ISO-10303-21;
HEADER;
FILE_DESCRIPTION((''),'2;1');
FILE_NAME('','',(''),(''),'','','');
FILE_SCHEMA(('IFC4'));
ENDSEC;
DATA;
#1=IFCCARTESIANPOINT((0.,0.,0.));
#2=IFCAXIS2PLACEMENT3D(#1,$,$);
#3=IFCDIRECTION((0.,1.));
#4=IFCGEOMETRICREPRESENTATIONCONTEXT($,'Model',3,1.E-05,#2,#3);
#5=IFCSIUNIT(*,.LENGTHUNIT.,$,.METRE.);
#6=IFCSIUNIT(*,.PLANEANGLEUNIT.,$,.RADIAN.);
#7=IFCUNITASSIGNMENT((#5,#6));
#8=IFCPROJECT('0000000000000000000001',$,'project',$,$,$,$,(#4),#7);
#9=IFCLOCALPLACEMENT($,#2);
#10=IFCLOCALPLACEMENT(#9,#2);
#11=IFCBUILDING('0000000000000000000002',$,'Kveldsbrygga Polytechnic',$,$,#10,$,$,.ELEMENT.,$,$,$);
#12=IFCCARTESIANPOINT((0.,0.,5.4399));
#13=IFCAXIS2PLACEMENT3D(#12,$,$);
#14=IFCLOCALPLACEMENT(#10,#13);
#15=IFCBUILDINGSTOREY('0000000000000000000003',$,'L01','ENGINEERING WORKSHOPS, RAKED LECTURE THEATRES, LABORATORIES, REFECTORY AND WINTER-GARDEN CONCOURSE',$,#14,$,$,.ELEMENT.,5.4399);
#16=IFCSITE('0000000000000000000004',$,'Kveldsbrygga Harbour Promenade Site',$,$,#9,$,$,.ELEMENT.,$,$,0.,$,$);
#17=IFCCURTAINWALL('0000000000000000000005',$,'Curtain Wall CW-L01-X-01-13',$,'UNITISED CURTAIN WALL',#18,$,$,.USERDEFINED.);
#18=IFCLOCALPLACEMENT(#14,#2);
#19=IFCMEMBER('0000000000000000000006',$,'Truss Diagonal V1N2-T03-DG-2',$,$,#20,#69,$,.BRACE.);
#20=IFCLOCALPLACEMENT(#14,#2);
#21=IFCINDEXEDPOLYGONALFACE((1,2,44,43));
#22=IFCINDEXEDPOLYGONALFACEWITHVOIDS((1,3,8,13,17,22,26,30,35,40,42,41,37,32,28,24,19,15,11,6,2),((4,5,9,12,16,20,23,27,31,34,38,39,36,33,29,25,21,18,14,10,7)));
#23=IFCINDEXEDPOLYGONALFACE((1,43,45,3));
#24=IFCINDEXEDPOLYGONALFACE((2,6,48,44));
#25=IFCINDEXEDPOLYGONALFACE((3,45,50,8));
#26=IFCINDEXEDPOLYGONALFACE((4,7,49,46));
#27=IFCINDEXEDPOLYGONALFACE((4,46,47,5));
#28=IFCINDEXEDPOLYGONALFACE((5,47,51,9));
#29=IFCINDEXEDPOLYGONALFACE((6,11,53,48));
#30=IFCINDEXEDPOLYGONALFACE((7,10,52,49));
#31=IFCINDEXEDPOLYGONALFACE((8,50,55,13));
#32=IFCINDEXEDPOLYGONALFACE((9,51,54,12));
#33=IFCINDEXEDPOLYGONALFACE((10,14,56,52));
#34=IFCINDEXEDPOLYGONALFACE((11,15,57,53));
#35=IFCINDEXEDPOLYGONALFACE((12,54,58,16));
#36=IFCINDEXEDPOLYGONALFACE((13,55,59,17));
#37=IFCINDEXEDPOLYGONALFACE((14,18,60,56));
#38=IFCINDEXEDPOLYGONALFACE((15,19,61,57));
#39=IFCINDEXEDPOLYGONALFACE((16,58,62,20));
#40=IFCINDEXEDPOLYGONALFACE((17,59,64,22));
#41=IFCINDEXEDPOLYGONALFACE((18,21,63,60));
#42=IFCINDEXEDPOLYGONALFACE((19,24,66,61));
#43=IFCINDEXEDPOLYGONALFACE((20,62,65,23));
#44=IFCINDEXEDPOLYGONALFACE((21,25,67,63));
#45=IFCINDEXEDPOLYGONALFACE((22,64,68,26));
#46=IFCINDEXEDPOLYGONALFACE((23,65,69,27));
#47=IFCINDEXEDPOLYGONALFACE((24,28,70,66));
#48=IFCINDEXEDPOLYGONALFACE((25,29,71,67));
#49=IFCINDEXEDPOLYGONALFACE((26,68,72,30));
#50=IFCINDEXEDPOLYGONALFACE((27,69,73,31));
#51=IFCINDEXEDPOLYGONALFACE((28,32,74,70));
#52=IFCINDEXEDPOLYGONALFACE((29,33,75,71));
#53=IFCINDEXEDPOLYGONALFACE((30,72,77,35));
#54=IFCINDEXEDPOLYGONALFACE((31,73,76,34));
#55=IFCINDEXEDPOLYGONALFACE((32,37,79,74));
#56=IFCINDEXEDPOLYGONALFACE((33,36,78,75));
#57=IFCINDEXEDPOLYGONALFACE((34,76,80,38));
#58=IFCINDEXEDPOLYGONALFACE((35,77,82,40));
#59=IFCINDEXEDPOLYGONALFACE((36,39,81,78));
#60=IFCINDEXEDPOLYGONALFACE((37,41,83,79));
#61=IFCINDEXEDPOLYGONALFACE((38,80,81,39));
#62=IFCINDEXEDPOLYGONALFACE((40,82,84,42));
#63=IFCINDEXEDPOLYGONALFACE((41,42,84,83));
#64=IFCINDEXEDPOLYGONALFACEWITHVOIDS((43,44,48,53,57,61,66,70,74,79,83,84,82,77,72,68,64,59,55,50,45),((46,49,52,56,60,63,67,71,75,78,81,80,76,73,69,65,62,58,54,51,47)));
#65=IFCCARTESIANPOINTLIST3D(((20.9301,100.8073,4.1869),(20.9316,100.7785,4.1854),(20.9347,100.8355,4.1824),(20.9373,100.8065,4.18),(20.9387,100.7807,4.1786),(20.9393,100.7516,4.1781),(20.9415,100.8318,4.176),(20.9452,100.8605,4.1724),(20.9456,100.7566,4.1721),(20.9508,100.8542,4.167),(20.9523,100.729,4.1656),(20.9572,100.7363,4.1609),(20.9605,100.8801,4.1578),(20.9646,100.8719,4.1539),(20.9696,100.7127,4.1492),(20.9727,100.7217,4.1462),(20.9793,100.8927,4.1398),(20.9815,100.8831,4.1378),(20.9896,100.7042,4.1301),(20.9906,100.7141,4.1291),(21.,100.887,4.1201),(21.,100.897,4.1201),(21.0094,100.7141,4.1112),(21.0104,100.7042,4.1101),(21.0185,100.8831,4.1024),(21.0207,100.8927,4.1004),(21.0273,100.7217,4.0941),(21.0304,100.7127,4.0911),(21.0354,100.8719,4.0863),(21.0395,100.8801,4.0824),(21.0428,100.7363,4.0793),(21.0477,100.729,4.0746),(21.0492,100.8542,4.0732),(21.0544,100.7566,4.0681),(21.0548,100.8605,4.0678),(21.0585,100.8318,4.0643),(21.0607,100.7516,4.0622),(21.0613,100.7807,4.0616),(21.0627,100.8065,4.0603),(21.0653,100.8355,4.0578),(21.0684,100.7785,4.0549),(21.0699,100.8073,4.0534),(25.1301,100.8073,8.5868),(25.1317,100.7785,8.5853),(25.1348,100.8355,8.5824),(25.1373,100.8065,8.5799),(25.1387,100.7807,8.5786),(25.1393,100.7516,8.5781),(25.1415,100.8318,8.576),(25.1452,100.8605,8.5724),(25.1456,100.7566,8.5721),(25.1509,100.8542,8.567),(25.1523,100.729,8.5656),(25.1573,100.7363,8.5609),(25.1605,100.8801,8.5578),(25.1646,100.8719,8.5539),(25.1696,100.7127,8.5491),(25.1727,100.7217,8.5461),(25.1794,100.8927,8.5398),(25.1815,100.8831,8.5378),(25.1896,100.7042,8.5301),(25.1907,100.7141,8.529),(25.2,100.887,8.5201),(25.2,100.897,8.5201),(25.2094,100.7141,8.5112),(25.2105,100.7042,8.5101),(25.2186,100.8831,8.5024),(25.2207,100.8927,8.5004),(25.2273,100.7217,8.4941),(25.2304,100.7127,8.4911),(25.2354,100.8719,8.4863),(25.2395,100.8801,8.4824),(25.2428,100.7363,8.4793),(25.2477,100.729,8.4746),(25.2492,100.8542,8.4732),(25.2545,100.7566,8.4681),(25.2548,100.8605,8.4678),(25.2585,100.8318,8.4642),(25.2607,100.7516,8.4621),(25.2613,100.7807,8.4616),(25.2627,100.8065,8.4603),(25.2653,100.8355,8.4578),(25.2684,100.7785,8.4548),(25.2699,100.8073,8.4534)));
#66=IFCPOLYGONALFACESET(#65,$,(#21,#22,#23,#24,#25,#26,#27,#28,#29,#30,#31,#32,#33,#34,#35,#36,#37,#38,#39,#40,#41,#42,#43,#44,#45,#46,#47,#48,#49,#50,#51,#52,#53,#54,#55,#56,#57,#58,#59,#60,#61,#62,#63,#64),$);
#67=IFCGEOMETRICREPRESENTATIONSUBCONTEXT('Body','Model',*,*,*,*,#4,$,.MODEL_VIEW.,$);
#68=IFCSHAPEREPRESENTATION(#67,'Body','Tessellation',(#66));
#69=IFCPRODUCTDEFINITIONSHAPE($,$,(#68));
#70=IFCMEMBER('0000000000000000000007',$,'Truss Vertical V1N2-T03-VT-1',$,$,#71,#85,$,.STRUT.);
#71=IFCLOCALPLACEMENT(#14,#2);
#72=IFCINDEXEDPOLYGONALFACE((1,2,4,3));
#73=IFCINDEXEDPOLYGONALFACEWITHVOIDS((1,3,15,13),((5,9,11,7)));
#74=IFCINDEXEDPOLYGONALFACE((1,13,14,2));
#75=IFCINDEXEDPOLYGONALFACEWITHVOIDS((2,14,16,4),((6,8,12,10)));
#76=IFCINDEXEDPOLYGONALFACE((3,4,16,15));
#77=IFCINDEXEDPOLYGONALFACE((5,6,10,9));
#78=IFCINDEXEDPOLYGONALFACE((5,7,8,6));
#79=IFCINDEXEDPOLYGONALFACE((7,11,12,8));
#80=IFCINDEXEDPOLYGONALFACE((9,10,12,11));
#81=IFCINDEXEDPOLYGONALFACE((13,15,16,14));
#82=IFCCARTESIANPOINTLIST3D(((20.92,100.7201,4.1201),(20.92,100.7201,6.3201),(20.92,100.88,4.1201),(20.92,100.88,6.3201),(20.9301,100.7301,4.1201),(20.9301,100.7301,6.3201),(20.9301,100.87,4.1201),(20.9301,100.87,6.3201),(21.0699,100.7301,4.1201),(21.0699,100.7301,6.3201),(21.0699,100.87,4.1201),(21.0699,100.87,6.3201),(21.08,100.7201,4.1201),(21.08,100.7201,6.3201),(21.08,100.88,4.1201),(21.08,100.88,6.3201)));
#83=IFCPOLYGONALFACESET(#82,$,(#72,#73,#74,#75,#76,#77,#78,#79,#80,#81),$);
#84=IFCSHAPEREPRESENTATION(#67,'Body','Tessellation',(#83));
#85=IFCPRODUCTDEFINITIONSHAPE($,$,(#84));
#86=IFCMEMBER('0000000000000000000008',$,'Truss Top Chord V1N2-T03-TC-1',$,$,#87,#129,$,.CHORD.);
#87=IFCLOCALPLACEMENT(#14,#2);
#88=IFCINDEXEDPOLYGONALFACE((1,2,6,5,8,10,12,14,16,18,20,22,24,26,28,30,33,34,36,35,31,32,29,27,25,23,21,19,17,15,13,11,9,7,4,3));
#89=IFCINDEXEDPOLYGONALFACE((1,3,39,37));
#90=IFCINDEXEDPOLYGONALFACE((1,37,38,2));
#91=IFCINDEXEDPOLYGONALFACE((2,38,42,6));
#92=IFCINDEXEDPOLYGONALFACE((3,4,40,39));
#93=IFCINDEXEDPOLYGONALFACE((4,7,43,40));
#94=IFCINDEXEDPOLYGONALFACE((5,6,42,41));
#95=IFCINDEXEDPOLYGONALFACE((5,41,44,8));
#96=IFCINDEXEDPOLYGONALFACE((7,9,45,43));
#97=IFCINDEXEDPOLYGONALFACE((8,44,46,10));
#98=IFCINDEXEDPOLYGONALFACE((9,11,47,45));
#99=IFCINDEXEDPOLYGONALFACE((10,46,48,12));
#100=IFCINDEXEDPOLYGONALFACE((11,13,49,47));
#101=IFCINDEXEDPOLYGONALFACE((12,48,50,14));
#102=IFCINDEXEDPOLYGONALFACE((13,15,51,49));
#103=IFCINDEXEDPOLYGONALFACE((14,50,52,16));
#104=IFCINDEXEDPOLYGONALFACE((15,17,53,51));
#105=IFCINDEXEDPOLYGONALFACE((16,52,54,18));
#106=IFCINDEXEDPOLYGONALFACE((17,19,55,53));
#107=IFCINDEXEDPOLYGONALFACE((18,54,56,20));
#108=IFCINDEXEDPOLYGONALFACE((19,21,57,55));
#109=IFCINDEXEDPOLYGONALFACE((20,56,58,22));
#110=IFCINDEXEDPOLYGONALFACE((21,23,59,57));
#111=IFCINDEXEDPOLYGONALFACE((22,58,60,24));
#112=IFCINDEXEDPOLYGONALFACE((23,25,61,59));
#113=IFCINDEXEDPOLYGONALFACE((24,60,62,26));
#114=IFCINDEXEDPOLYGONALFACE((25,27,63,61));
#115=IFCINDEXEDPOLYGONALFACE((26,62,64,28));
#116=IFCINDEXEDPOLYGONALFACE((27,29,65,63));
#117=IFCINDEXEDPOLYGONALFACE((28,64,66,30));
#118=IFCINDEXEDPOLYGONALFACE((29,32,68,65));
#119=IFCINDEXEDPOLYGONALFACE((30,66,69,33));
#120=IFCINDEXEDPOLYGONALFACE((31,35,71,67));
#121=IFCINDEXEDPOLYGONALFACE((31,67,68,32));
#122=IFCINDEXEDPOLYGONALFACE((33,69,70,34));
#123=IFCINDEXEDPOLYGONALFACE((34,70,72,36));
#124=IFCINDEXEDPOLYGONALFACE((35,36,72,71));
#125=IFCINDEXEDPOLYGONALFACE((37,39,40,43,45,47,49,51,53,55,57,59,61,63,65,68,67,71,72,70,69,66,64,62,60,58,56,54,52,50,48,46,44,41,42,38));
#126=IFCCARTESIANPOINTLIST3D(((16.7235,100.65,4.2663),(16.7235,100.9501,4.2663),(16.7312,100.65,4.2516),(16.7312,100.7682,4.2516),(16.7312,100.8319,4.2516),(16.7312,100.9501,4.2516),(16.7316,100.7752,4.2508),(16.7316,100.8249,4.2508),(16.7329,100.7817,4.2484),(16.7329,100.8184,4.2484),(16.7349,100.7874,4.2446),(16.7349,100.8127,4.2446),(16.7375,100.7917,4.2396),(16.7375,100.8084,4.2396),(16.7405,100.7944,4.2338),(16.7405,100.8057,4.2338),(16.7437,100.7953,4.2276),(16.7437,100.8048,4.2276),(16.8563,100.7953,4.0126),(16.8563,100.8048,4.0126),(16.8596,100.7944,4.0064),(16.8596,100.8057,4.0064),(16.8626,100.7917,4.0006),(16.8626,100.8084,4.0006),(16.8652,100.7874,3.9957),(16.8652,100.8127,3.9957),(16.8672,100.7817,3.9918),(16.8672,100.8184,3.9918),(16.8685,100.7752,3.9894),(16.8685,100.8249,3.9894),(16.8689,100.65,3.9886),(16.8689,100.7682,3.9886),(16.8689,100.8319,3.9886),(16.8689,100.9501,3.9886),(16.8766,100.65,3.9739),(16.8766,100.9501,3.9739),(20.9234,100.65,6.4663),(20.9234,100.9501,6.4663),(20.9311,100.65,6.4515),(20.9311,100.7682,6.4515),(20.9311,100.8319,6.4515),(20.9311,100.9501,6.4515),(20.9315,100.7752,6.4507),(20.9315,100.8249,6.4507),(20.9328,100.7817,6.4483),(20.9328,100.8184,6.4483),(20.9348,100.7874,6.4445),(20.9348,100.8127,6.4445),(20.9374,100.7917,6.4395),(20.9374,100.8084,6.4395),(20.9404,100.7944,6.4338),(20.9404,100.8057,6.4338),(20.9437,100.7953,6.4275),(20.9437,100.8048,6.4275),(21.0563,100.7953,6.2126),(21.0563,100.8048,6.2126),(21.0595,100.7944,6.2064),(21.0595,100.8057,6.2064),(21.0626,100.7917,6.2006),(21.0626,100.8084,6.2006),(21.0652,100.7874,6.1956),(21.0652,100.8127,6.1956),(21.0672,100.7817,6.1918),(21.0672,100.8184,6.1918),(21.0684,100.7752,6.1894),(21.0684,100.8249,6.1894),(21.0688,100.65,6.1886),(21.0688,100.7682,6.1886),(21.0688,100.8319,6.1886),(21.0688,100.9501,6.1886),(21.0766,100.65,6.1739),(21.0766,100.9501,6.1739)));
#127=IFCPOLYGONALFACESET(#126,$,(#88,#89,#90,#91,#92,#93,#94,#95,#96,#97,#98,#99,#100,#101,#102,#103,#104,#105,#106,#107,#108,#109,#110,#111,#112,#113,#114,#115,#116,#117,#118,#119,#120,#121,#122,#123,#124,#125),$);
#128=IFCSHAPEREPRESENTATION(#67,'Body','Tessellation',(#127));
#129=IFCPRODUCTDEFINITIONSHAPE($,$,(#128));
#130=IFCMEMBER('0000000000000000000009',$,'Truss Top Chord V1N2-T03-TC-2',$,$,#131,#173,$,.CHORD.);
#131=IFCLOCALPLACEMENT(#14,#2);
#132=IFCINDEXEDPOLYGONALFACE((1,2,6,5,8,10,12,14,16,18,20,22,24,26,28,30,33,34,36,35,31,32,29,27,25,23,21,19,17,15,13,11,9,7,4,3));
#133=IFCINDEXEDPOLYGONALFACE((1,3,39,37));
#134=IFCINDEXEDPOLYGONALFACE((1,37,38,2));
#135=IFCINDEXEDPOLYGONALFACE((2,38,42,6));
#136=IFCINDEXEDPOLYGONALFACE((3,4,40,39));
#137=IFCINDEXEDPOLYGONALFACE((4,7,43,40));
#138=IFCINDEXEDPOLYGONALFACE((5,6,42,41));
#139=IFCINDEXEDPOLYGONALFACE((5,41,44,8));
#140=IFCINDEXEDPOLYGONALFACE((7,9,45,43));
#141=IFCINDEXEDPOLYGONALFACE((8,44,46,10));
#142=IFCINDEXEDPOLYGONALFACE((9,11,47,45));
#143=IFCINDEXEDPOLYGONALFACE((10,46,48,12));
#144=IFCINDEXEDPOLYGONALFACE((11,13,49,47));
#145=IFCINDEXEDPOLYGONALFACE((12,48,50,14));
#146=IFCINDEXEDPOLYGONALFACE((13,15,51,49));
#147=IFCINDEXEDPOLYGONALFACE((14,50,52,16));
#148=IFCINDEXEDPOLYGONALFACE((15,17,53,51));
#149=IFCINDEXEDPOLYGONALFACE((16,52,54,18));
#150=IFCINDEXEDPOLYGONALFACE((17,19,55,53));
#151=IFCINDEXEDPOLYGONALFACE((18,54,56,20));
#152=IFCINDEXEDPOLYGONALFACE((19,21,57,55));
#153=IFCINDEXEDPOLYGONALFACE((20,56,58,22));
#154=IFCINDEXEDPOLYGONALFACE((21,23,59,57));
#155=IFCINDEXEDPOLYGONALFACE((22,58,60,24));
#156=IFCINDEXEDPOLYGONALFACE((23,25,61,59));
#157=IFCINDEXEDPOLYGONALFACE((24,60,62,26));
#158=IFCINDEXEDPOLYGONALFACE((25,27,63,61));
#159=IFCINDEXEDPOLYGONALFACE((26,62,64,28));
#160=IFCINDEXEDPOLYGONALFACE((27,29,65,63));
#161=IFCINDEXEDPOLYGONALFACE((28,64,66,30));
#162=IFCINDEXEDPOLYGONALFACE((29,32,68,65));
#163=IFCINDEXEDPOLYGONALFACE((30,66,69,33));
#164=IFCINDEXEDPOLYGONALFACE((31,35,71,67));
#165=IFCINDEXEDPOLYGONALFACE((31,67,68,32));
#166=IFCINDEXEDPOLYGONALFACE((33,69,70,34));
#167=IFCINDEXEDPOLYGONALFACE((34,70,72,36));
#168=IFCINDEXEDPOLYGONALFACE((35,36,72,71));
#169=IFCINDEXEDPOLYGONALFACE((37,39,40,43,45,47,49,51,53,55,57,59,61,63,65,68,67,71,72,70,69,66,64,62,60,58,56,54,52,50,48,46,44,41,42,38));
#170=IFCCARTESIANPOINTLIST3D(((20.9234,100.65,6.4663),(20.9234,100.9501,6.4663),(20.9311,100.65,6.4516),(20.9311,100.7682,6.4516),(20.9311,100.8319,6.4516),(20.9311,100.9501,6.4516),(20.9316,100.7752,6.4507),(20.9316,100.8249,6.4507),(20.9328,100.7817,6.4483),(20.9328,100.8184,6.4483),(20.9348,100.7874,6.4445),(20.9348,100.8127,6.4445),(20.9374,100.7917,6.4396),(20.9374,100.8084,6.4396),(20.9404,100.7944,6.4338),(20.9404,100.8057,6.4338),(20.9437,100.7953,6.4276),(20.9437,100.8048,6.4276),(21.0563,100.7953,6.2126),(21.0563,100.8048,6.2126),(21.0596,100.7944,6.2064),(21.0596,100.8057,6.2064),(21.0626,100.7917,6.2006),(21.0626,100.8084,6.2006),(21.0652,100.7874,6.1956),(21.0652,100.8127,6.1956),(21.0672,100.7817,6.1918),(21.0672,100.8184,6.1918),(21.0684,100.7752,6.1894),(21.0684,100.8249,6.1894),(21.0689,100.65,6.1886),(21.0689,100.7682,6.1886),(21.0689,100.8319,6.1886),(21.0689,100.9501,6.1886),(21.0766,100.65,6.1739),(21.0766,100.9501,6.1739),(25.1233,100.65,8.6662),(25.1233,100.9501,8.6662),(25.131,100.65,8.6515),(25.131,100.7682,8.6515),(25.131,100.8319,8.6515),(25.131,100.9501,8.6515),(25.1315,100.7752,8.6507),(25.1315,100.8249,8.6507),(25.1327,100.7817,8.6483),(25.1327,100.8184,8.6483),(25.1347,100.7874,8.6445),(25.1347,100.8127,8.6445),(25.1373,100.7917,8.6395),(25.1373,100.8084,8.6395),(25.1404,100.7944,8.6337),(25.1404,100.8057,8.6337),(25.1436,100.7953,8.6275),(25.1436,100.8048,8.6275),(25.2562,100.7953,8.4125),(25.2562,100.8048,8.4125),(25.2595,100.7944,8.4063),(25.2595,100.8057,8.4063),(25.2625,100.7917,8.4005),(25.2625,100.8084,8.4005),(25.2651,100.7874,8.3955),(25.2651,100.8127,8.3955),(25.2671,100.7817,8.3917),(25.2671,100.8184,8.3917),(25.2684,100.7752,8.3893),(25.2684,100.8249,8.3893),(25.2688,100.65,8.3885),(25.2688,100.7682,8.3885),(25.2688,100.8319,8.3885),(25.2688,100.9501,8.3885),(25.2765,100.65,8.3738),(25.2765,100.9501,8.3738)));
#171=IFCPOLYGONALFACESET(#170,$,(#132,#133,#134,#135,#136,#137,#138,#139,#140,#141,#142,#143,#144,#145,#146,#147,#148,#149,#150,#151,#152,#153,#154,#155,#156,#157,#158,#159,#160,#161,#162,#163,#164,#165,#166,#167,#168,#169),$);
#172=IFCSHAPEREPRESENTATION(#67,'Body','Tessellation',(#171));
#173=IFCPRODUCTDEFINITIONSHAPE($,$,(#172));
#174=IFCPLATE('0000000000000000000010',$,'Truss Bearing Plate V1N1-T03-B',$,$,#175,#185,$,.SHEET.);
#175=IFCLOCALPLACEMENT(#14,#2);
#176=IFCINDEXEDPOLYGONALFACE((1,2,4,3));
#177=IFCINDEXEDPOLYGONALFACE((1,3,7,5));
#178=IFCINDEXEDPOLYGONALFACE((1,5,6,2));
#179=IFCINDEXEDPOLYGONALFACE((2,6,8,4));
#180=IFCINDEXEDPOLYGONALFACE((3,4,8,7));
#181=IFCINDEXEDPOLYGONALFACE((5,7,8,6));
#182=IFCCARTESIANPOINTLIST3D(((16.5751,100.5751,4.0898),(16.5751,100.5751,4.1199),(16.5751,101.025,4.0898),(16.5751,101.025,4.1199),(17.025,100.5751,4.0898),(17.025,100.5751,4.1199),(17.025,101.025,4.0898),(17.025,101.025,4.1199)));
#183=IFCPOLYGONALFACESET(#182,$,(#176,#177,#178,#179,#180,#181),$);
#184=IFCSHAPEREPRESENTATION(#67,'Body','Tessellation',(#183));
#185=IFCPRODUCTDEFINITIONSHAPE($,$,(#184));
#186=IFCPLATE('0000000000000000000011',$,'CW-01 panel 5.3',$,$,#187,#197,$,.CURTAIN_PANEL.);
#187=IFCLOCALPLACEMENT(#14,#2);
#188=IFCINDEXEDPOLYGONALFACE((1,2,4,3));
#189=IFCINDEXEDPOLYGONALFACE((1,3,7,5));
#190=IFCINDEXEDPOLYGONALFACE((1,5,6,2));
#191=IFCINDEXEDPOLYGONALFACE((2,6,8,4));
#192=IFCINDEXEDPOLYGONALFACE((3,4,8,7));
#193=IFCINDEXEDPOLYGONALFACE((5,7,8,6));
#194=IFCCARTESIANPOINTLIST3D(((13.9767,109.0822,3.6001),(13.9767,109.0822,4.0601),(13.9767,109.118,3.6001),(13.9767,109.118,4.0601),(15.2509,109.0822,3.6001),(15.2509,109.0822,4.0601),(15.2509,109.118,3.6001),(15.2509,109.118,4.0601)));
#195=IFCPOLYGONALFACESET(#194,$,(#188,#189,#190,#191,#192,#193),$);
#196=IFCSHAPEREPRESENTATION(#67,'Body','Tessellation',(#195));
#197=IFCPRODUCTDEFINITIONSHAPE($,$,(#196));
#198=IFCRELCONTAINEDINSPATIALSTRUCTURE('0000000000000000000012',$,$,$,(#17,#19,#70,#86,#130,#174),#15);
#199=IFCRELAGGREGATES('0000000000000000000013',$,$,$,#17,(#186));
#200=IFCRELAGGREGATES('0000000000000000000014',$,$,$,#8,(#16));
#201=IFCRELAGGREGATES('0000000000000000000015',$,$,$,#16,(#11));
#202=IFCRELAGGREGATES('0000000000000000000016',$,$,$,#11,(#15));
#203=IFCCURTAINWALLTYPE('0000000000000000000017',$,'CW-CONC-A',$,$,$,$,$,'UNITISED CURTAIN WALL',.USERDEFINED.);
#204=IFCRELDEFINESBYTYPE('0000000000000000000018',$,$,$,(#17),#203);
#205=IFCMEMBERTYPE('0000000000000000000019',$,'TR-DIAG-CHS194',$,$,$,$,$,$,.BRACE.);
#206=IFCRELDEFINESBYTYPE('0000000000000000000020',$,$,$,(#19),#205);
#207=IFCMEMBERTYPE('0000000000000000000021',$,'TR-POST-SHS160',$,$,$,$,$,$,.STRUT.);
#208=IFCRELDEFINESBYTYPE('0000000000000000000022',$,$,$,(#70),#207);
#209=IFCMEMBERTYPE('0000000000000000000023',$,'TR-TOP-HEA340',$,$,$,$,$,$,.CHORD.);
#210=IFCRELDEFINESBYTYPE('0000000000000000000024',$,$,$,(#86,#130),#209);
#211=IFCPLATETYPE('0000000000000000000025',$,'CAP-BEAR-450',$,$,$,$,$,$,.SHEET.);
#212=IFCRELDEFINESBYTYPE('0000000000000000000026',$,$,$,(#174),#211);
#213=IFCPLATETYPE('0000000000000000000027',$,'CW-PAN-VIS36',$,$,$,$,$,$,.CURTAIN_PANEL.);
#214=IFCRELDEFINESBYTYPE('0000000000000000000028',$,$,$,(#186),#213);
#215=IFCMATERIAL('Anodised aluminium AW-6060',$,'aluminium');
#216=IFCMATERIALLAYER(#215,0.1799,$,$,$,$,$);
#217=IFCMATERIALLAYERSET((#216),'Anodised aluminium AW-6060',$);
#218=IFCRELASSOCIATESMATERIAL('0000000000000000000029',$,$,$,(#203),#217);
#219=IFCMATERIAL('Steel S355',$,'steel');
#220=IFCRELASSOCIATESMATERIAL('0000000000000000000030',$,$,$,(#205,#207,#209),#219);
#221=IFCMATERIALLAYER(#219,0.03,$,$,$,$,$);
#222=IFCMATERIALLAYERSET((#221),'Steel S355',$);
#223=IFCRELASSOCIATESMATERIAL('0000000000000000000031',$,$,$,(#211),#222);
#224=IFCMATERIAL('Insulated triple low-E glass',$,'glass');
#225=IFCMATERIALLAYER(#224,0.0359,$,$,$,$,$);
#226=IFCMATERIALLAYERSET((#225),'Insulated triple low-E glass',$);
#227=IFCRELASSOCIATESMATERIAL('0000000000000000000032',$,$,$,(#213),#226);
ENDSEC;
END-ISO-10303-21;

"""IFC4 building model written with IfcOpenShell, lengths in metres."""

from ifc_helpers import new_model, si_unit, direction, frame, origin, origin_2d, place, context, subcontext, project, spatial, rectangle, hollow_rectangle, hollow_circle, i_section, extrude, material, layer, layer_set, material_profile, profile_set, type_object, element, aggregate, save


model = new_model("IFC4")

# Units and contexts
model_context = context("Model", 3, precision=1e-05, world=origin(), true_north=direction((0.0, 1.0)))
body_context = subcontext(model_context, "Body", "Model", "MODEL_VIEW")
ifc_project = project(units=[si_unit("LENGTHUNIT", "METRE"), si_unit("PLANEANGLEUNIT", "RADIAN")], contexts=[model_context])

# Site, building, storey
site_placement = place(None, origin())
site = spatial("IfcSite", under=ifc_project, at=site_placement, Name="Kveldsbrygga Harbour Promenade Site", CompositionType="ELEMENT", RefElevation=0.0)
building_placement = place(site_placement, origin())
building = spatial("IfcBuilding", under=site, at=building_placement, Name="Kveldsbrygga Polytechnic", CompositionType="ELEMENT")
storey_placement = place(building_placement, frame((0.0, 0.0, 5.4399)))
storey = spatial("IfcBuildingStorey", under=building, at=storey_placement, Name="L01", Description="ENGINEERING WORKSHOPS, RAKED LECTURE THEATRES, LABORATORIES, REFECTORY AND WINTER-GARDEN CONCOURSE", CompositionType="ELEMENT", Elevation=5.4399)

# Curtain wall
ifc_material_1 = material(Name="Anodised aluminium AW-6060", Category="aluminium")
ifc_layer_1 = layer(ifc_material_1, 0.1799)
ifc_layer_set_1 = layer_set([ifc_layer_1], Name="Anodised aluminium AW-6060")
curtain_wall_type = type_object("IfcCurtainWallType", Name="CW-CONC-A", ElementType="UNITISED CURTAIN WALL", PredefinedType="USERDEFINED", material=ifc_layer_set_1)
curtain_wall_placement = place(storey_placement, origin())
curtain_wall = element("IfcCurtainWall", 1, at=curtain_wall_placement, inside=storey, type_object=curtain_wall_type, Name="Curtain Wall CW-L01-X-01-13", ObjectType="UNITISED CURTAIN WALL", PredefinedType="USERDEFINED")

# Members
ifc_material_2 = material(Name="Steel S355", Category="steel")
ifc_material_profile_1 = material_profile(ifc_material_2, hollow_circle(Radius=0.0969, WallThickness=0.01, at=origin_2d()), Name="CHS 193.7x10.0")
ifc_profile_set_1 = profile_set([ifc_material_profile_1], Name="Steel S355")
member_type_1 = type_object("IfcMemberType", Name="TR-DIAG-CHS194", PredefinedType="BRACE", material=ifc_profile_set_1)
member_1_placement = place(storey_placement, frame((21.0, 100.8, 4.1201), z_axis=(0.69048, 0.0, 0.723352), x_axis=(0.0, 1.0, 0.0)))
element("IfcMember", 2, at=member_1_placement, inside=storey, type_object=member_type_1, Name="Truss Diagonal V1N2-T03-DG-2", PredefinedType="BRACE", context=body_context, shape_type="SweptSolid", body=[
    extrude(hollow_circle(Radius=0.0969, WallThickness=0.01, at=origin_2d()), origin(), (0.0, 0.0, 1.0), 6.0828),
])
ifc_material_profile_2 = material_profile(ifc_material_2, hollow_rectangle(XDim=0.1599, YDim=0.1599, WallThickness=0.01, at=origin_2d()), Name="SHS 160x160x10.0")
ifc_profile_set_2 = profile_set([ifc_material_profile_2], Name="Steel S355")
member_type_2 = type_object("IfcMemberType", Name="TR-POST-SHS160", PredefinedType="STRUT", material=ifc_profile_set_2)
member_2_placement = place(storey_placement, frame((21.0, 100.8, 4.1201), z_axis=(0.0, 0.0, 1.0), x_axis=(1.0, 0.0, 0.0)))
element("IfcMember", 3, at=member_2_placement, inside=storey, type_object=member_type_2, Name="Truss Vertical V1N2-T03-VT-1", PredefinedType="STRUT", context=body_context, shape_type="SweptSolid", body=[
    extrude(hollow_rectangle(XDim=0.1599, YDim=0.1599, WallThickness=0.01, at=origin_2d()), origin(), (0.0, 0.0, 1.0), 2.2),
])
ifc_material_profile_3 = material_profile(ifc_material_2, i_section(OverallWidth=0.3, OverallDepth=0.3301, WebThickness=0.0095, FlangeThickness=0.0166, FilletRadius=0.0271, at=origin_2d()), Name="HEA 340")
ifc_profile_set_3 = profile_set([ifc_material_profile_3], Name="Steel S355")
member_type_3 = type_object("IfcMemberType", Name="TR-TOP-HEA340", PredefinedType="CHORD", material=ifc_profile_set_3)
for number, where, z_axis, x_axis, name in (
    (4, (16.8, 100.8, 4.1201), (0.885834, 0.0, 0.464003), (0.0, 1.0, 0.0), "Truss Top Chord V1N2-T03-TC-1"),
    (5, (21.0, 100.8, 6.3201), (0.885834, 0.0, 0.464003), (0.0, 1.0, 0.0), "Truss Top Chord V1N2-T03-TC-2"),
):
    element("IfcMember", number, at=place(storey_placement, frame(where, z_axis=z_axis, x_axis=x_axis)), inside=storey, type_object=member_type_3, Name=name, PredefinedType="CHORD", context=body_context, shape_type="SweptSolid", body=[
        extrude(i_section(OverallWidth=0.3, OverallDepth=0.3301, WebThickness=0.0095, FlangeThickness=0.0166, FilletRadius=0.0271, at=origin_2d()), origin(), (0.0, 0.0, 1.0), 4.7412),
    ])

# Plates
ifc_layer_2 = layer(ifc_material_2, 0.03)
ifc_layer_set_2 = layer_set([ifc_layer_2], Name="Steel S355")
plate_type_1 = type_object("IfcPlateType", Name="CAP-BEAR-450", PredefinedType="SHEET", material=ifc_layer_set_2)
plate_1_placement = place(storey_placement, frame((16.8, 100.8, 4.0898), z_axis=(0.0, 0.0, 1.0), x_axis=(1.0, 0.0, 0.0)))
element("IfcPlate", 6, at=plate_1_placement, inside=storey, type_object=plate_type_1, Name="Truss Bearing Plate V1N1-T03-B", PredefinedType="SHEET", context=body_context, shape_type="SweptSolid", body=[
    extrude(rectangle(XDim=0.45, YDim=0.45, at=origin_2d()), origin(), (0.0, 0.0, 1.0), 0.03),
])
ifc_material_3 = material(Name="Insulated triple low-E glass", Category="glass")
ifc_layer_3 = layer(ifc_material_3, 0.0359)
ifc_layer_set_3 = layer_set([ifc_layer_3], Name="Insulated triple low-E glass")
plate_type_2 = type_object("IfcPlateType", Name="CW-PAN-VIS36", PredefinedType="CURTAIN_PANEL", material=ifc_layer_set_3)
plate_2_placement = place(storey_placement, frame((14.6138, 109.1001, 3.6001), z_axis=(0.0, 0.0, 1.0), x_axis=(1.0, 0.0, 0.0)))
plate_2 = element("IfcPlate", 7, at=plate_2_placement, type_object=plate_type_2, Name="CW-01 panel 5.3", PredefinedType="CURTAIN_PANEL", context=body_context, shape_type="SweptSolid", body=[
    extrude(rectangle(XDim=1.2742, YDim=0.0359, at=origin_2d()), origin(), (0.0, 0.0, 1.0), 0.46),
])
aggregate(curtain_wall, [plate_2])

save(model, "model.ifc")
